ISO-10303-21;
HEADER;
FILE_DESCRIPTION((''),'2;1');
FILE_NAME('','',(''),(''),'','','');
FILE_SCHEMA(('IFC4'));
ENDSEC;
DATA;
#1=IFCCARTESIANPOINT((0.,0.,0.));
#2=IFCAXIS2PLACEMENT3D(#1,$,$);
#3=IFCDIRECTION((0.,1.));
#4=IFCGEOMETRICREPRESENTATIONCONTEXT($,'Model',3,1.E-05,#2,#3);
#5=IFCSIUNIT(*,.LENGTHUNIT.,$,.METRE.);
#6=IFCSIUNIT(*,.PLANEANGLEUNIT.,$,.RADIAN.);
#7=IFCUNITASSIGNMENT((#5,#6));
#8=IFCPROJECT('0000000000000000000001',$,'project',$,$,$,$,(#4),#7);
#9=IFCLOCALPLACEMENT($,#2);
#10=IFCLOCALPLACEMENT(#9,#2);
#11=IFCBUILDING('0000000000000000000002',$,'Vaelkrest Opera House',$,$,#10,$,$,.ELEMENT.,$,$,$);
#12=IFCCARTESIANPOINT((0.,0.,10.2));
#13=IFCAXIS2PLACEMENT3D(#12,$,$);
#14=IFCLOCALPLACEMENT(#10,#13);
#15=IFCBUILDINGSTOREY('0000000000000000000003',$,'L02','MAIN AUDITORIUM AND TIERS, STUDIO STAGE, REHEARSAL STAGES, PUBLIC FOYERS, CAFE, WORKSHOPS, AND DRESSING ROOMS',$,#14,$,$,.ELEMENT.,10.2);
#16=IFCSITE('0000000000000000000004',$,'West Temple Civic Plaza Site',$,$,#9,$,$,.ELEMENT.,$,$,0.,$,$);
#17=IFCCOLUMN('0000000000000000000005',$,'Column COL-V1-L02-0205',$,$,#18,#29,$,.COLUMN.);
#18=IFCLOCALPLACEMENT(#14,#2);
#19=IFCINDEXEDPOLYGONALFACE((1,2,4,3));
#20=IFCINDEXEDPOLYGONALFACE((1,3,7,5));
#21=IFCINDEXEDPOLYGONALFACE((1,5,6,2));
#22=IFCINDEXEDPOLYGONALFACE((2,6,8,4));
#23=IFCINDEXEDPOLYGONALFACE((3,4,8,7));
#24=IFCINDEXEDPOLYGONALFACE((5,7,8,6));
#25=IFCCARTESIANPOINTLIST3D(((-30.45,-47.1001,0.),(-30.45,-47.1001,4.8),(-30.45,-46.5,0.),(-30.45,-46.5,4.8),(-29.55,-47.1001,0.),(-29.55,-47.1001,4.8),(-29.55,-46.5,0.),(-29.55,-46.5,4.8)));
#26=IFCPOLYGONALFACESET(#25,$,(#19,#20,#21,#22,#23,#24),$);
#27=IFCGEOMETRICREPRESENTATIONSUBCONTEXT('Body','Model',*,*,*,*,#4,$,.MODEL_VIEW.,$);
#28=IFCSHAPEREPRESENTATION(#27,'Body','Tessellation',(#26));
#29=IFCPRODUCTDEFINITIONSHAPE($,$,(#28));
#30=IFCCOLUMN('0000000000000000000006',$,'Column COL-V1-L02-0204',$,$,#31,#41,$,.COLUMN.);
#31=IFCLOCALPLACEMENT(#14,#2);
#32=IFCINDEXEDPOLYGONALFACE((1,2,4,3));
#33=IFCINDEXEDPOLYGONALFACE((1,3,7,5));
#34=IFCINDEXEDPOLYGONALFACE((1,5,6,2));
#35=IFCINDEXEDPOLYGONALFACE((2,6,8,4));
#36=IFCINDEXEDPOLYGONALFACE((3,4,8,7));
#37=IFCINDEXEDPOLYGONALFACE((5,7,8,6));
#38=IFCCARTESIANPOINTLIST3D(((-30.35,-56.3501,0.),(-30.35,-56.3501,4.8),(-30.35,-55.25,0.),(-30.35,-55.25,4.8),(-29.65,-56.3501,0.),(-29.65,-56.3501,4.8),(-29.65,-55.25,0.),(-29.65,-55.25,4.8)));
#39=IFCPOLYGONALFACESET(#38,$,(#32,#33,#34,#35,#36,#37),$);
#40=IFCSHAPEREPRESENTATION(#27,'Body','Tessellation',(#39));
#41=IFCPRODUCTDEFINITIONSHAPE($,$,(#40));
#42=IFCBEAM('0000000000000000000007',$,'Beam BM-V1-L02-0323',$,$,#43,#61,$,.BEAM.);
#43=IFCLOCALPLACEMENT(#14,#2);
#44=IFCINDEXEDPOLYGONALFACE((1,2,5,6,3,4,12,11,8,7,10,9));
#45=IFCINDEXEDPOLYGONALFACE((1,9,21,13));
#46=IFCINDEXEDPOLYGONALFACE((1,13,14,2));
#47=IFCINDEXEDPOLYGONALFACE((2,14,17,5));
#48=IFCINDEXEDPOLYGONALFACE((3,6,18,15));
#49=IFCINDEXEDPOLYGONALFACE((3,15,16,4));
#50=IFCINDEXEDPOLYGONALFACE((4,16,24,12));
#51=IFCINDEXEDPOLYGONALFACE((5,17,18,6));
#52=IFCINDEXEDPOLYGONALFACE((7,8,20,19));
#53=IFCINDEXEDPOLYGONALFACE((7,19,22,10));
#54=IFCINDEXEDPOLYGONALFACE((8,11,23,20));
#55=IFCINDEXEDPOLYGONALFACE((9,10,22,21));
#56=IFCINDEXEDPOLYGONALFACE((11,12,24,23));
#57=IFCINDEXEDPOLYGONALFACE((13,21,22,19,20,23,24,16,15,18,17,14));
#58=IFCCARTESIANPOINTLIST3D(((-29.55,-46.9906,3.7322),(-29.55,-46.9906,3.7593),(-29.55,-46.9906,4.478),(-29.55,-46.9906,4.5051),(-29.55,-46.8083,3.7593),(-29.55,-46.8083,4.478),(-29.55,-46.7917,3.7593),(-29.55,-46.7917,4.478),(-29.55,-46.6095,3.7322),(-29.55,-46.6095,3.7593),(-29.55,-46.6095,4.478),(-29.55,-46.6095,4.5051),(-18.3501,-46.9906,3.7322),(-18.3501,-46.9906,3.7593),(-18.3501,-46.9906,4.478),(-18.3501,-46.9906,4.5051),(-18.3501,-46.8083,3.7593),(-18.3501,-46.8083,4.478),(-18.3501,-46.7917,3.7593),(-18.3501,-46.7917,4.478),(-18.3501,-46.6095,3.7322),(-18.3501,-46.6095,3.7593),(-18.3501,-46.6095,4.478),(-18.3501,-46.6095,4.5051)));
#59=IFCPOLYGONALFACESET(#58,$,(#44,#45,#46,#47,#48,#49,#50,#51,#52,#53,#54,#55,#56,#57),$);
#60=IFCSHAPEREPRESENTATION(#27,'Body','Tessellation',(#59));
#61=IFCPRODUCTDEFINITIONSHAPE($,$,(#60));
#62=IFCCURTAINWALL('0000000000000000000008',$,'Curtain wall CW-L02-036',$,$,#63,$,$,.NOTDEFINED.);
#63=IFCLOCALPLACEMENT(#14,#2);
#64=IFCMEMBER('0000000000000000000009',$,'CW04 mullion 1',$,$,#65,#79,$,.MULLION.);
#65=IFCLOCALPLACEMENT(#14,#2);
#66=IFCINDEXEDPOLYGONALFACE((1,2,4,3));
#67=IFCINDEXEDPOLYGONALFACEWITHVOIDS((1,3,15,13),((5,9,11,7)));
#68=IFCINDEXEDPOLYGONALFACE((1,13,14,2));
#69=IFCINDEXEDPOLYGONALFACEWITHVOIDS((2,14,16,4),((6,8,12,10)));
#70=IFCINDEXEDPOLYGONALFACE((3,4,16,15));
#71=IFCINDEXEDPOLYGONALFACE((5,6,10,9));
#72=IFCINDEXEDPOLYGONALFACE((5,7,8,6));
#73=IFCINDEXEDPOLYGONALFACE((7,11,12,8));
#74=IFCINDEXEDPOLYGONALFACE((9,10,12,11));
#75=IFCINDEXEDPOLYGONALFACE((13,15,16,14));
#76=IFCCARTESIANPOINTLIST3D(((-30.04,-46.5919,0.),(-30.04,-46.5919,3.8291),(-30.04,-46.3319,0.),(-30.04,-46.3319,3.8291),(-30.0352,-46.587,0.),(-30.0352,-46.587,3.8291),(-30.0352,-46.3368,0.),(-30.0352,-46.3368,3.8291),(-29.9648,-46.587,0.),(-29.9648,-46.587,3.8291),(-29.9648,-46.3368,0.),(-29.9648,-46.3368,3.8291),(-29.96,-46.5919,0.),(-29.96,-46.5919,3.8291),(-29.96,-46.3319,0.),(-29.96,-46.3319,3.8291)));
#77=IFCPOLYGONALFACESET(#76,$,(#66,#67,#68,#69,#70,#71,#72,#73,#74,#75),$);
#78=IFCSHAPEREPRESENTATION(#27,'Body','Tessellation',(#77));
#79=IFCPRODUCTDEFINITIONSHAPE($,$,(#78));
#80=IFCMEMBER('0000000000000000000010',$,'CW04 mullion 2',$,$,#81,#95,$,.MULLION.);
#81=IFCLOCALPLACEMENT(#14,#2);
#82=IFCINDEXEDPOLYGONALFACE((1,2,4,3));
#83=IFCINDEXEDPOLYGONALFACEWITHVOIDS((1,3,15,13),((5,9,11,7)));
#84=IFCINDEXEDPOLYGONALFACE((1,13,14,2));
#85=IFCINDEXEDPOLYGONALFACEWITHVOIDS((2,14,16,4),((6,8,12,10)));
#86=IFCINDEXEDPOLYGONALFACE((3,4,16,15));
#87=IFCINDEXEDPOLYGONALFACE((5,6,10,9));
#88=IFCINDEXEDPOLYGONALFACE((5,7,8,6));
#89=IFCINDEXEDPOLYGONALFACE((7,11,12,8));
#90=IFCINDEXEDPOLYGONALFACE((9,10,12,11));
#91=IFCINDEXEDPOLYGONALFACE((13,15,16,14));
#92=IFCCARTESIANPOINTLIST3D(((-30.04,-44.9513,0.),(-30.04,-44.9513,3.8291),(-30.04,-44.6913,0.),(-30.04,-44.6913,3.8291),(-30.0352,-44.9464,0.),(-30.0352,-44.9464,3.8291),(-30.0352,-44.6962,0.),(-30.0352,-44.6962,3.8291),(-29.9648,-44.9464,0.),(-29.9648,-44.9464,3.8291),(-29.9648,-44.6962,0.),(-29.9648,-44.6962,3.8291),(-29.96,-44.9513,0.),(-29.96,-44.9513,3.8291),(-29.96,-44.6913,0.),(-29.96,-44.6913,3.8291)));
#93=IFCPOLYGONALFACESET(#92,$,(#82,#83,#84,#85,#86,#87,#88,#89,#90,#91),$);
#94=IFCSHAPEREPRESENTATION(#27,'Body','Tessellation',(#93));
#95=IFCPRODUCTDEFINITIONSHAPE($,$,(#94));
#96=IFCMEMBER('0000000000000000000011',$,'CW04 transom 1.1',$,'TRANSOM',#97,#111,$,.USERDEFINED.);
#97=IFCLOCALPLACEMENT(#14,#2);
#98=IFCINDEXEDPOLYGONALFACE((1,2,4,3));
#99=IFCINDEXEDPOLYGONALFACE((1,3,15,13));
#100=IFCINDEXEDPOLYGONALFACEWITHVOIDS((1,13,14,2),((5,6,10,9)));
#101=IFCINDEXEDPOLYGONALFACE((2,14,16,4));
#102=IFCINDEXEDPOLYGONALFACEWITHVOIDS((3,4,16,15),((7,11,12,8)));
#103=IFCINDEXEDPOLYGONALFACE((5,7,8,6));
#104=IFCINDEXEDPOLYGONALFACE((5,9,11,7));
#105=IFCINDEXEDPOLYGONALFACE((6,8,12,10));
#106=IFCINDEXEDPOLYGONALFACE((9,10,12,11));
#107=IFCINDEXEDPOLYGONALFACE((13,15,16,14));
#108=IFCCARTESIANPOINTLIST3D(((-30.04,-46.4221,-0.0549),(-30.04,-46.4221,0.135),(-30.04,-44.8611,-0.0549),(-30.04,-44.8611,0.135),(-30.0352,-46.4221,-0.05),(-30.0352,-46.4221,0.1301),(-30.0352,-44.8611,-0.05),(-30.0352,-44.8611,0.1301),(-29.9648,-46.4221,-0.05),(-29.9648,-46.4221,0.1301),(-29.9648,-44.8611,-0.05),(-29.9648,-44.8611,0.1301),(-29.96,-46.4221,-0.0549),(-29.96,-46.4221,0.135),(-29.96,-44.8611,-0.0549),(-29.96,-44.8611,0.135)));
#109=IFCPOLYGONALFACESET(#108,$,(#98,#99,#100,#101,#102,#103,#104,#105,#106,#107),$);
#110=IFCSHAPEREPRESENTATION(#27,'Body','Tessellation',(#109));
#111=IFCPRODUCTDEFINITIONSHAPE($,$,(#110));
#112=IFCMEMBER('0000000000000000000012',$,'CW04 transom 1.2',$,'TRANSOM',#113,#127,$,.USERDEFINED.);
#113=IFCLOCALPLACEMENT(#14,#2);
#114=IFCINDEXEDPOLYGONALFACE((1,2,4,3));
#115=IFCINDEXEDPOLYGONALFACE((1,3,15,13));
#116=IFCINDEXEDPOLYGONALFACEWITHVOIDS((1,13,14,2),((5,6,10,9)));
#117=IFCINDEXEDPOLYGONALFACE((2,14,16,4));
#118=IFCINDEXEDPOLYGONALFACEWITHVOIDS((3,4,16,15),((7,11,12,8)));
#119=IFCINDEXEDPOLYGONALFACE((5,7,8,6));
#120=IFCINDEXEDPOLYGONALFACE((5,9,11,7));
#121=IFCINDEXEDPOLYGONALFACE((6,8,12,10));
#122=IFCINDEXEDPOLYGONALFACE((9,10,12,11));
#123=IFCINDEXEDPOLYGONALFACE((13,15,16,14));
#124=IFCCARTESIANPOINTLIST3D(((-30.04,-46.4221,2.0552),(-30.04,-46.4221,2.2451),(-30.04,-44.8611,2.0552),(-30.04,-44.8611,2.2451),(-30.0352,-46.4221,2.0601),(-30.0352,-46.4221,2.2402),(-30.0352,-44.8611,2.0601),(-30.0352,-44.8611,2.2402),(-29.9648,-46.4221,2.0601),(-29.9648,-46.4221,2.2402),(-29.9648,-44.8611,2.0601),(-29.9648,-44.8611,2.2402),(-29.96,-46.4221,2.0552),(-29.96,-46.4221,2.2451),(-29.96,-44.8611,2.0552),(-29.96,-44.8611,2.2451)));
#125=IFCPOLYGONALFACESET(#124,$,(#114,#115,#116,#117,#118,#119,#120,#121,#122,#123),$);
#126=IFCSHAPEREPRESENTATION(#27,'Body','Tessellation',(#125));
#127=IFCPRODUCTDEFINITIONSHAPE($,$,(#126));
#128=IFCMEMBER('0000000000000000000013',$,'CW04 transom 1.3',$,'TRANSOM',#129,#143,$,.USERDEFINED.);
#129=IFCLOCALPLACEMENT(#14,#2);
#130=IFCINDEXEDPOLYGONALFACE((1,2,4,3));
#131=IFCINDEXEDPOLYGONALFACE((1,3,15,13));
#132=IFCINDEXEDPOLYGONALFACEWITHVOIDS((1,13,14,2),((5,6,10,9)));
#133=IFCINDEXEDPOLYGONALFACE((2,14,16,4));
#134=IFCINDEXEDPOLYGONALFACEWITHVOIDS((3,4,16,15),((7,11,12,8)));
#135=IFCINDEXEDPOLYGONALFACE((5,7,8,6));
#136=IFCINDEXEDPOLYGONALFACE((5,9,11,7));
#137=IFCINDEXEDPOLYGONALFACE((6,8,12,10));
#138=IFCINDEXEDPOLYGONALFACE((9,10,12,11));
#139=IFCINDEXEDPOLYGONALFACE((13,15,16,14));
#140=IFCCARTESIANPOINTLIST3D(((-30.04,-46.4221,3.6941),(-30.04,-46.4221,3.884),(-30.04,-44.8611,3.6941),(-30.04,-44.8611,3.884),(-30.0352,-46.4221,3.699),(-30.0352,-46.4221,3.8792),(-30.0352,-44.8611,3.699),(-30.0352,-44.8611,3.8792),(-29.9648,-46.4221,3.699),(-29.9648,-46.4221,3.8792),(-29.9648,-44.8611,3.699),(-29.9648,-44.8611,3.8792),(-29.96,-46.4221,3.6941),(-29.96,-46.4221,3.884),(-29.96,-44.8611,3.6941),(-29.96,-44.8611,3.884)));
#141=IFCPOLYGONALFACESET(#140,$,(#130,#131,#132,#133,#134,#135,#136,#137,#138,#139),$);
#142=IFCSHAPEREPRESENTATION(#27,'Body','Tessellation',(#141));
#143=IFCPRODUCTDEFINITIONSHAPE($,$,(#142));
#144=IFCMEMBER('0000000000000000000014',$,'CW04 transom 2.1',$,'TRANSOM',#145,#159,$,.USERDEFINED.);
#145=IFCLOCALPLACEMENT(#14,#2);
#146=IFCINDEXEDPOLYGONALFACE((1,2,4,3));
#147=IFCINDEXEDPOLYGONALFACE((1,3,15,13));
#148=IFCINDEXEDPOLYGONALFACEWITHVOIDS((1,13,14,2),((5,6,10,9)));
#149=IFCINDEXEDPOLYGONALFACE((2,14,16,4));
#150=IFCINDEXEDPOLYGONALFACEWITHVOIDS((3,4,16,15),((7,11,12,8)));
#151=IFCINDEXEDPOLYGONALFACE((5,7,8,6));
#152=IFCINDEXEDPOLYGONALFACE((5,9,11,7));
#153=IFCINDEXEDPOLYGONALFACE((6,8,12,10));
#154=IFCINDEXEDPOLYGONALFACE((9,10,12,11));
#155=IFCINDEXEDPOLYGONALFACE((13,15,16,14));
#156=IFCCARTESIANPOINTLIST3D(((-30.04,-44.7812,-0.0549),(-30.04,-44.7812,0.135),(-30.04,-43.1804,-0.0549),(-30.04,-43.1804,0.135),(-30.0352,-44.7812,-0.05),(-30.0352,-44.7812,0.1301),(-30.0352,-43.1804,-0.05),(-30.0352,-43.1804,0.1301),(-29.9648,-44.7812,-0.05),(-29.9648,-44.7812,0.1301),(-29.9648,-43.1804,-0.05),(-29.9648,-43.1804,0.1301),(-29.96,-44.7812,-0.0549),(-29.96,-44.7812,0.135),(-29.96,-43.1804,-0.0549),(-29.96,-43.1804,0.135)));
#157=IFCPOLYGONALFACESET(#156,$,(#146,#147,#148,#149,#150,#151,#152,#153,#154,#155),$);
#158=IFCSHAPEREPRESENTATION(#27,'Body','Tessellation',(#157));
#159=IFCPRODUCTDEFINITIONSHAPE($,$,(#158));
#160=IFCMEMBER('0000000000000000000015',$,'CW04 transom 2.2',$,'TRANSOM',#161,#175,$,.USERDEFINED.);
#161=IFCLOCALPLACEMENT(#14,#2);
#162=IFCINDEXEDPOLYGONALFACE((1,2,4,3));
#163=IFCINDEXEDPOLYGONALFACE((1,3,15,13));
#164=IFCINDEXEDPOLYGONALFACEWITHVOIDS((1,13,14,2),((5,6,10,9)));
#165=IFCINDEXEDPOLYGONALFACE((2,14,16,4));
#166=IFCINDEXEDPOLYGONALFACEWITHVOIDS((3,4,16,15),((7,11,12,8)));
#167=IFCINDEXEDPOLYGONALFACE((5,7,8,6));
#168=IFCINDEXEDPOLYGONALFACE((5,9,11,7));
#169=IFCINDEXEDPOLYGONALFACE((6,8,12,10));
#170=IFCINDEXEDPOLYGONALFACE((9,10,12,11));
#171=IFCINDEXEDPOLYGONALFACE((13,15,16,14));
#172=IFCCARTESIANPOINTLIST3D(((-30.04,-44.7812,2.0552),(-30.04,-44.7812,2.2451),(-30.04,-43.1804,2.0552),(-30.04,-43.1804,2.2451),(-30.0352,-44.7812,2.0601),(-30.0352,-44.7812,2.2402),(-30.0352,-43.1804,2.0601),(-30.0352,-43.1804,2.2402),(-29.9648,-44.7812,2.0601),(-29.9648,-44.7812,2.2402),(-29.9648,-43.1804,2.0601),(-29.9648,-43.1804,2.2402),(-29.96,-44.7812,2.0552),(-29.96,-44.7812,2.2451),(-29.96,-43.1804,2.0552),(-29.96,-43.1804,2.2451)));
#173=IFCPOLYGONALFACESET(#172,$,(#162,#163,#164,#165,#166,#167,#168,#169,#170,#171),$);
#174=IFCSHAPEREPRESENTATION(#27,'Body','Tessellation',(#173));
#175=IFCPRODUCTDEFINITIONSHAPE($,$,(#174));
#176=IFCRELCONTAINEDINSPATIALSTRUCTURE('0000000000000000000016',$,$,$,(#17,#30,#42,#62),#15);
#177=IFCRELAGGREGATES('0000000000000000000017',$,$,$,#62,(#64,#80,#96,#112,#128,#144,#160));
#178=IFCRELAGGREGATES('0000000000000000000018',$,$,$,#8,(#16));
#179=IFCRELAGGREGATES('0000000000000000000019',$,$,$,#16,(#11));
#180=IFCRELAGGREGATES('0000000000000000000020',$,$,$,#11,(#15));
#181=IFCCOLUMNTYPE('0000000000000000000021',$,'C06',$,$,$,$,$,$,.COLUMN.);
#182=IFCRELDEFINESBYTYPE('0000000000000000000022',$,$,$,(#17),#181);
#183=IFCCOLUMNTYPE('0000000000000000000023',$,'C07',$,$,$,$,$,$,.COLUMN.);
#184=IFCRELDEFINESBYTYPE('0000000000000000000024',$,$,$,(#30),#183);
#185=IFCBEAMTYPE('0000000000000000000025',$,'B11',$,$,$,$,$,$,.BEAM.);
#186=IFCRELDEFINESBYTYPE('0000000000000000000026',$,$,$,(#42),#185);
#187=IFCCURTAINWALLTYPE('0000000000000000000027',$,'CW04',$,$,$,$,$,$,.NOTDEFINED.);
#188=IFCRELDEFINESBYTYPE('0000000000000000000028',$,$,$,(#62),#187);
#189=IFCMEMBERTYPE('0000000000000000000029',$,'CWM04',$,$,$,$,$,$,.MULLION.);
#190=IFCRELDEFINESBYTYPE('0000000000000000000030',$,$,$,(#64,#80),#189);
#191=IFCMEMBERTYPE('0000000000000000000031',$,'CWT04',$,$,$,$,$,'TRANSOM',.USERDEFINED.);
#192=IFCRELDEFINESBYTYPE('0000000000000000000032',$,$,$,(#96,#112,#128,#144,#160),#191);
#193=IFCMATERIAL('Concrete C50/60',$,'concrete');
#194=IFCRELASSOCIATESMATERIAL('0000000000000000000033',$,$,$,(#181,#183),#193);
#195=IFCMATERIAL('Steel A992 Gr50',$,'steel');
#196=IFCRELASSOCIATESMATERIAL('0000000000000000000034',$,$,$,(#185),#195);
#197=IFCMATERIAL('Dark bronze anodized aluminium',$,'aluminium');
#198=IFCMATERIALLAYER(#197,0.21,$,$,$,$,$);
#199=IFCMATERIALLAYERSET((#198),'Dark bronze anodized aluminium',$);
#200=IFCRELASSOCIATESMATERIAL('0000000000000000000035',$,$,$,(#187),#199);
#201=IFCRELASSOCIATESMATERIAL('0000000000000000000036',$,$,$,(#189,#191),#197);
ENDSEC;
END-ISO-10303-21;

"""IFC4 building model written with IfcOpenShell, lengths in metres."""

from ifc_helpers import new_model, si_unit, direction, frame, origin, origin_2d, place, context, subcontext, project, spatial, rectangle, hollow_rectangle, i_section, extrude, material, layer, layer_set, material_profile, profile_set, type_object, element, aggregate, save


model = new_model("IFC4")

# Units and contexts
model_context = context("Model", 3, precision=1e-05, world=origin(), true_north=direction((0.0, 1.0)))
body_context = subcontext(model_context, "Body", "Model", "MODEL_VIEW")
ifc_project = project(units=[si_unit("LENGTHUNIT", "METRE"), si_unit("PLANEANGLEUNIT", "RADIAN")], contexts=[model_context])

# Site, building, storey
site_placement = place(None, origin())
site = spatial("IfcSite", under=ifc_project, at=site_placement, Name="West Temple Civic Plaza Site", CompositionType="ELEMENT", RefElevation=0.0)
building_placement = place(site_placement, origin())
building = spatial("IfcBuilding", under=site, at=building_placement, Name="Vaelkrest Opera House", CompositionType="ELEMENT")
storey_placement = place(building_placement, frame((0.0, 0.0, 10.2)))
storey = spatial("IfcBuildingStorey", under=building, at=storey_placement, Name="L02", Description="MAIN AUDITORIUM AND TIERS, STUDIO STAGE, REHEARSAL STAGES, PUBLIC FOYERS, CAFE, WORKSHOPS, AND DRESSING ROOMS", CompositionType="ELEMENT", Elevation=10.2)

# Columns
ifc_material_1 = material(Name="Concrete C50/60", Category="concrete")
ifc_material_profile_1 = material_profile(ifc_material_1, rectangle(XDim=0.6001, YDim=0.8999, at=origin_2d()), Name="RC600X900")
ifc_profile_set_1 = profile_set([ifc_material_profile_1], Name="Concrete C50/60")
column_type_1 = type_object("IfcColumnType", Name="C06", PredefinedType="COLUMN", material=ifc_profile_set_1)
column_1_placement = place(storey_placement, frame((-30.0, -46.8, 0.0), z_axis=(0.0, 0.0, 1.0), x_axis=(0.0, 1.0, 0.0)))
element("IfcColumn", 1, at=column_1_placement, inside=storey, type_object=column_type_1, Name="Column COL-V1-L02-0205", PredefinedType="COLUMN", context=body_context, shape_type="SweptSolid", body=[
    extrude(rectangle(XDim=0.6001, YDim=0.8999, at=origin_2d()), origin(), (0.0, 0.0, 1.0), 4.8),
])
ifc_material_profile_2 = material_profile(ifc_material_1, rectangle(XDim=0.7, YDim=1.1001, at=origin_2d()), Name="RC700X1100")
ifc_profile_set_2 = profile_set([ifc_material_profile_2], Name="Concrete C50/60")
column_type_2 = type_object("IfcColumnType", Name="C07", PredefinedType="COLUMN", material=ifc_profile_set_2)
column_2_placement = place(storey_placement, frame((-30.0, -55.8, 0.0), z_axis=(0.0, 0.0, 1.0), x_axis=(1.0, 0.0, 0.0)))
element("IfcColumn", 2, at=column_2_placement, inside=storey, type_object=column_type_2, Name="Column COL-V1-L02-0204", PredefinedType="COLUMN", context=body_context, shape_type="SweptSolid", body=[
    extrude(rectangle(XDim=0.7, YDim=1.1001, at=origin_2d()), origin(), (0.0, 0.0, 1.0), 4.8),
])

# Beam
ifc_material_2 = material(Name="Steel A992 Gr50", Category="steel")
ifc_material_profile_3 = material_profile(ifc_material_2, i_section(OverallWidth=0.3811, OverallDepth=0.7729, WebThickness=0.0166, FlangeThickness=0.0271, at=origin_2d()), Name="W30X173")
ifc_profile_set_3 = profile_set([ifc_material_profile_3], Name="Steel A992 Gr50")
beam_type_1 = type_object("IfcBeamType", Name="B11", PredefinedType="BEAM", material=ifc_profile_set_3)
beam_1_placement = place(storey_placement, frame((-29.55, -46.8, 4.1187), z_axis=(1.0, 0.0, 0.0), x_axis=(0.0, 1.0, 0.0)))
element("IfcBeam", 3, at=beam_1_placement, inside=storey, type_object=beam_type_1, Name="Beam BM-V1-L02-0323", PredefinedType="BEAM", context=body_context, shape_type="SweptSolid", body=[
    extrude(i_section(OverallWidth=0.3811, OverallDepth=0.7729, WebThickness=0.0166, FlangeThickness=0.0271, at=origin_2d()), origin(), (0.0, 0.0, 1.0), 11.2),
])

# Curtain wall, members
ifc_material_3 = material(Name="Dark bronze anodized aluminium", Category="aluminium")
ifc_layer_1 = layer(ifc_material_3, 0.21)
ifc_layer_set_1 = layer_set([ifc_layer_1], Name="Dark bronze anodized aluminium")
curtain_wall_type = type_object("IfcCurtainWallType", Name="CW04", PredefinedType="NOTDEFINED", material=ifc_layer_set_1)
curtain_wall_placement = place(storey_placement, origin())
curtain_wall = element("IfcCurtainWall", 4, at=curtain_wall_placement, inside=storey, type_object=curtain_wall_type, Name="Curtain wall CW-L02-036", PredefinedType="NOTDEFINED")
ifc_material_profile_4 = material_profile(ifc_material_3, hollow_rectangle(XDim=0.0801, YDim=0.26, WallThickness=0.0049, at=origin_2d()), Name="CWM80X260")
ifc_profile_set_4 = profile_set([ifc_material_profile_4], Name="Dark bronze anodized aluminium")
member_type_1 = type_object("IfcMemberType", Name="CWM04", PredefinedType="MULLION", material=ifc_profile_set_4)
member_1_placement = place(storey_placement, frame((-30.0, -46.4619, 0.0), z_axis=(0.0, 0.0, 1.0), x_axis=(-1.0, 0.0, 0.0)))
member_1 = element("IfcMember", 5, at=member_1_placement, type_object=member_type_1, Name="CW04 mullion 1", PredefinedType="MULLION", context=body_context, shape_type="SweptSolid", body=[
    extrude(hollow_rectangle(XDim=0.0801, YDim=0.26, WallThickness=0.0049, at=origin_2d()), origin(), (0.0, 0.0, 1.0), 3.8291),
])
member_2_placement = place(storey_placement, frame((-30.0, -44.8213, 0.0), z_axis=(0.0, 0.0, 1.0), x_axis=(-1.0, 0.0, 0.0)))
member_2 = element("IfcMember", 6, at=member_2_placement, type_object=member_type_1, Name="CW04 mullion 2", PredefinedType="MULLION", context=body_context, shape_type="SweptSolid", body=[
    extrude(hollow_rectangle(XDim=0.0801, YDim=0.26, WallThickness=0.0049, at=origin_2d()), origin(), (0.0, 0.0, 1.0), 3.8291),
])
ifc_material_profile_5 = material_profile(ifc_material_3, hollow_rectangle(XDim=0.0801, YDim=0.1899, WallThickness=0.0049, at=origin_2d()), Name="CWT80X190")
ifc_profile_set_5 = profile_set([ifc_material_profile_5], Name="Dark bronze anodized aluminium")
member_type_2 = type_object("IfcMemberType", Name="CWT04", ElementType="TRANSOM", PredefinedType="USERDEFINED", material=ifc_profile_set_5)
member_3_placement = place(storey_placement, frame((-30.0, -46.4221, 0.04), z_axis=(0.0, 1.0, 0.0), x_axis=(-1.0, 0.0, 0.0)))
member_3 = element("IfcMember", 7, at=member_3_placement, type_object=member_type_2, Name="CW04 transom 1.1", ObjectType="TRANSOM", PredefinedType="USERDEFINED", context=body_context, shape_type="SweptSolid", body=[
    extrude(hollow_rectangle(XDim=0.0801, YDim=0.1899, WallThickness=0.0049, at=origin_2d()), origin(), (0.0, 0.0, 1.0), 1.561),
])
member_4_placement = place(storey_placement, frame((-30.0, -46.4221, 2.1501), z_axis=(0.0, 1.0, 0.0), x_axis=(-1.0, 0.0, 0.0)))
member_4 = element("IfcMember", 8, at=member_4_placement, type_object=member_type_2, Name="CW04 transom 1.2", ObjectType="TRANSOM", PredefinedType="USERDEFINED", context=body_context, shape_type="SweptSolid", body=[
    extrude(hollow_rectangle(XDim=0.0801, YDim=0.1899, WallThickness=0.0049, at=origin_2d()), origin(), (0.0, 0.0, 1.0), 1.561),
])
member_5_placement = place(storey_placement, frame((-30.0, -46.4221, 3.7891), z_axis=(0.0, 1.0, 0.0), x_axis=(-1.0, 0.0, 0.0)))
member_5 = element("IfcMember", 9, at=member_5_placement, type_object=member_type_2, Name="CW04 transom 1.3", ObjectType="TRANSOM", PredefinedType="USERDEFINED", context=body_context, shape_type="SweptSolid", body=[
    extrude(hollow_rectangle(XDim=0.0801, YDim=0.1899, WallThickness=0.0049, at=origin_2d()), origin(), (0.0, 0.0, 1.0), 1.561),
])
member_6_placement = place(storey_placement, frame((-30.0, -44.7812, 0.04), z_axis=(0.0, 1.0, 0.0), x_axis=(-1.0, 0.0, 0.0)))
member_6 = element("IfcMember", 10, at=member_6_placement, type_object=member_type_2, Name="CW04 transom 2.1", ObjectType="TRANSOM", PredefinedType="USERDEFINED", context=body_context, shape_type="SweptSolid", body=[
    extrude(hollow_rectangle(XDim=0.0801, YDim=0.1899, WallThickness=0.0049, at=origin_2d()), origin(), (0.0, 0.0, 1.0), 1.6008),
])
member_7_placement = place(storey_placement, frame((-30.0, -44.7812, 2.1501), z_axis=(0.0, 1.0, 0.0), x_axis=(-1.0, 0.0, 0.0)))
member_7 = element("IfcMember", 11, at=member_7_placement, type_object=member_type_2, Name="CW04 transom 2.2", ObjectType="TRANSOM", PredefinedType="USERDEFINED", context=body_context, shape_type="SweptSolid", body=[
    extrude(hollow_rectangle(XDim=0.0801, YDim=0.1899, WallThickness=0.0049, at=origin_2d()), origin(), (0.0, 0.0, 1.0), 1.6008),
])

aggregate(curtain_wall, [member_1, member_2, member_3, member_4, member_5, member_6, member_7])

save(model, "model.ifc")
